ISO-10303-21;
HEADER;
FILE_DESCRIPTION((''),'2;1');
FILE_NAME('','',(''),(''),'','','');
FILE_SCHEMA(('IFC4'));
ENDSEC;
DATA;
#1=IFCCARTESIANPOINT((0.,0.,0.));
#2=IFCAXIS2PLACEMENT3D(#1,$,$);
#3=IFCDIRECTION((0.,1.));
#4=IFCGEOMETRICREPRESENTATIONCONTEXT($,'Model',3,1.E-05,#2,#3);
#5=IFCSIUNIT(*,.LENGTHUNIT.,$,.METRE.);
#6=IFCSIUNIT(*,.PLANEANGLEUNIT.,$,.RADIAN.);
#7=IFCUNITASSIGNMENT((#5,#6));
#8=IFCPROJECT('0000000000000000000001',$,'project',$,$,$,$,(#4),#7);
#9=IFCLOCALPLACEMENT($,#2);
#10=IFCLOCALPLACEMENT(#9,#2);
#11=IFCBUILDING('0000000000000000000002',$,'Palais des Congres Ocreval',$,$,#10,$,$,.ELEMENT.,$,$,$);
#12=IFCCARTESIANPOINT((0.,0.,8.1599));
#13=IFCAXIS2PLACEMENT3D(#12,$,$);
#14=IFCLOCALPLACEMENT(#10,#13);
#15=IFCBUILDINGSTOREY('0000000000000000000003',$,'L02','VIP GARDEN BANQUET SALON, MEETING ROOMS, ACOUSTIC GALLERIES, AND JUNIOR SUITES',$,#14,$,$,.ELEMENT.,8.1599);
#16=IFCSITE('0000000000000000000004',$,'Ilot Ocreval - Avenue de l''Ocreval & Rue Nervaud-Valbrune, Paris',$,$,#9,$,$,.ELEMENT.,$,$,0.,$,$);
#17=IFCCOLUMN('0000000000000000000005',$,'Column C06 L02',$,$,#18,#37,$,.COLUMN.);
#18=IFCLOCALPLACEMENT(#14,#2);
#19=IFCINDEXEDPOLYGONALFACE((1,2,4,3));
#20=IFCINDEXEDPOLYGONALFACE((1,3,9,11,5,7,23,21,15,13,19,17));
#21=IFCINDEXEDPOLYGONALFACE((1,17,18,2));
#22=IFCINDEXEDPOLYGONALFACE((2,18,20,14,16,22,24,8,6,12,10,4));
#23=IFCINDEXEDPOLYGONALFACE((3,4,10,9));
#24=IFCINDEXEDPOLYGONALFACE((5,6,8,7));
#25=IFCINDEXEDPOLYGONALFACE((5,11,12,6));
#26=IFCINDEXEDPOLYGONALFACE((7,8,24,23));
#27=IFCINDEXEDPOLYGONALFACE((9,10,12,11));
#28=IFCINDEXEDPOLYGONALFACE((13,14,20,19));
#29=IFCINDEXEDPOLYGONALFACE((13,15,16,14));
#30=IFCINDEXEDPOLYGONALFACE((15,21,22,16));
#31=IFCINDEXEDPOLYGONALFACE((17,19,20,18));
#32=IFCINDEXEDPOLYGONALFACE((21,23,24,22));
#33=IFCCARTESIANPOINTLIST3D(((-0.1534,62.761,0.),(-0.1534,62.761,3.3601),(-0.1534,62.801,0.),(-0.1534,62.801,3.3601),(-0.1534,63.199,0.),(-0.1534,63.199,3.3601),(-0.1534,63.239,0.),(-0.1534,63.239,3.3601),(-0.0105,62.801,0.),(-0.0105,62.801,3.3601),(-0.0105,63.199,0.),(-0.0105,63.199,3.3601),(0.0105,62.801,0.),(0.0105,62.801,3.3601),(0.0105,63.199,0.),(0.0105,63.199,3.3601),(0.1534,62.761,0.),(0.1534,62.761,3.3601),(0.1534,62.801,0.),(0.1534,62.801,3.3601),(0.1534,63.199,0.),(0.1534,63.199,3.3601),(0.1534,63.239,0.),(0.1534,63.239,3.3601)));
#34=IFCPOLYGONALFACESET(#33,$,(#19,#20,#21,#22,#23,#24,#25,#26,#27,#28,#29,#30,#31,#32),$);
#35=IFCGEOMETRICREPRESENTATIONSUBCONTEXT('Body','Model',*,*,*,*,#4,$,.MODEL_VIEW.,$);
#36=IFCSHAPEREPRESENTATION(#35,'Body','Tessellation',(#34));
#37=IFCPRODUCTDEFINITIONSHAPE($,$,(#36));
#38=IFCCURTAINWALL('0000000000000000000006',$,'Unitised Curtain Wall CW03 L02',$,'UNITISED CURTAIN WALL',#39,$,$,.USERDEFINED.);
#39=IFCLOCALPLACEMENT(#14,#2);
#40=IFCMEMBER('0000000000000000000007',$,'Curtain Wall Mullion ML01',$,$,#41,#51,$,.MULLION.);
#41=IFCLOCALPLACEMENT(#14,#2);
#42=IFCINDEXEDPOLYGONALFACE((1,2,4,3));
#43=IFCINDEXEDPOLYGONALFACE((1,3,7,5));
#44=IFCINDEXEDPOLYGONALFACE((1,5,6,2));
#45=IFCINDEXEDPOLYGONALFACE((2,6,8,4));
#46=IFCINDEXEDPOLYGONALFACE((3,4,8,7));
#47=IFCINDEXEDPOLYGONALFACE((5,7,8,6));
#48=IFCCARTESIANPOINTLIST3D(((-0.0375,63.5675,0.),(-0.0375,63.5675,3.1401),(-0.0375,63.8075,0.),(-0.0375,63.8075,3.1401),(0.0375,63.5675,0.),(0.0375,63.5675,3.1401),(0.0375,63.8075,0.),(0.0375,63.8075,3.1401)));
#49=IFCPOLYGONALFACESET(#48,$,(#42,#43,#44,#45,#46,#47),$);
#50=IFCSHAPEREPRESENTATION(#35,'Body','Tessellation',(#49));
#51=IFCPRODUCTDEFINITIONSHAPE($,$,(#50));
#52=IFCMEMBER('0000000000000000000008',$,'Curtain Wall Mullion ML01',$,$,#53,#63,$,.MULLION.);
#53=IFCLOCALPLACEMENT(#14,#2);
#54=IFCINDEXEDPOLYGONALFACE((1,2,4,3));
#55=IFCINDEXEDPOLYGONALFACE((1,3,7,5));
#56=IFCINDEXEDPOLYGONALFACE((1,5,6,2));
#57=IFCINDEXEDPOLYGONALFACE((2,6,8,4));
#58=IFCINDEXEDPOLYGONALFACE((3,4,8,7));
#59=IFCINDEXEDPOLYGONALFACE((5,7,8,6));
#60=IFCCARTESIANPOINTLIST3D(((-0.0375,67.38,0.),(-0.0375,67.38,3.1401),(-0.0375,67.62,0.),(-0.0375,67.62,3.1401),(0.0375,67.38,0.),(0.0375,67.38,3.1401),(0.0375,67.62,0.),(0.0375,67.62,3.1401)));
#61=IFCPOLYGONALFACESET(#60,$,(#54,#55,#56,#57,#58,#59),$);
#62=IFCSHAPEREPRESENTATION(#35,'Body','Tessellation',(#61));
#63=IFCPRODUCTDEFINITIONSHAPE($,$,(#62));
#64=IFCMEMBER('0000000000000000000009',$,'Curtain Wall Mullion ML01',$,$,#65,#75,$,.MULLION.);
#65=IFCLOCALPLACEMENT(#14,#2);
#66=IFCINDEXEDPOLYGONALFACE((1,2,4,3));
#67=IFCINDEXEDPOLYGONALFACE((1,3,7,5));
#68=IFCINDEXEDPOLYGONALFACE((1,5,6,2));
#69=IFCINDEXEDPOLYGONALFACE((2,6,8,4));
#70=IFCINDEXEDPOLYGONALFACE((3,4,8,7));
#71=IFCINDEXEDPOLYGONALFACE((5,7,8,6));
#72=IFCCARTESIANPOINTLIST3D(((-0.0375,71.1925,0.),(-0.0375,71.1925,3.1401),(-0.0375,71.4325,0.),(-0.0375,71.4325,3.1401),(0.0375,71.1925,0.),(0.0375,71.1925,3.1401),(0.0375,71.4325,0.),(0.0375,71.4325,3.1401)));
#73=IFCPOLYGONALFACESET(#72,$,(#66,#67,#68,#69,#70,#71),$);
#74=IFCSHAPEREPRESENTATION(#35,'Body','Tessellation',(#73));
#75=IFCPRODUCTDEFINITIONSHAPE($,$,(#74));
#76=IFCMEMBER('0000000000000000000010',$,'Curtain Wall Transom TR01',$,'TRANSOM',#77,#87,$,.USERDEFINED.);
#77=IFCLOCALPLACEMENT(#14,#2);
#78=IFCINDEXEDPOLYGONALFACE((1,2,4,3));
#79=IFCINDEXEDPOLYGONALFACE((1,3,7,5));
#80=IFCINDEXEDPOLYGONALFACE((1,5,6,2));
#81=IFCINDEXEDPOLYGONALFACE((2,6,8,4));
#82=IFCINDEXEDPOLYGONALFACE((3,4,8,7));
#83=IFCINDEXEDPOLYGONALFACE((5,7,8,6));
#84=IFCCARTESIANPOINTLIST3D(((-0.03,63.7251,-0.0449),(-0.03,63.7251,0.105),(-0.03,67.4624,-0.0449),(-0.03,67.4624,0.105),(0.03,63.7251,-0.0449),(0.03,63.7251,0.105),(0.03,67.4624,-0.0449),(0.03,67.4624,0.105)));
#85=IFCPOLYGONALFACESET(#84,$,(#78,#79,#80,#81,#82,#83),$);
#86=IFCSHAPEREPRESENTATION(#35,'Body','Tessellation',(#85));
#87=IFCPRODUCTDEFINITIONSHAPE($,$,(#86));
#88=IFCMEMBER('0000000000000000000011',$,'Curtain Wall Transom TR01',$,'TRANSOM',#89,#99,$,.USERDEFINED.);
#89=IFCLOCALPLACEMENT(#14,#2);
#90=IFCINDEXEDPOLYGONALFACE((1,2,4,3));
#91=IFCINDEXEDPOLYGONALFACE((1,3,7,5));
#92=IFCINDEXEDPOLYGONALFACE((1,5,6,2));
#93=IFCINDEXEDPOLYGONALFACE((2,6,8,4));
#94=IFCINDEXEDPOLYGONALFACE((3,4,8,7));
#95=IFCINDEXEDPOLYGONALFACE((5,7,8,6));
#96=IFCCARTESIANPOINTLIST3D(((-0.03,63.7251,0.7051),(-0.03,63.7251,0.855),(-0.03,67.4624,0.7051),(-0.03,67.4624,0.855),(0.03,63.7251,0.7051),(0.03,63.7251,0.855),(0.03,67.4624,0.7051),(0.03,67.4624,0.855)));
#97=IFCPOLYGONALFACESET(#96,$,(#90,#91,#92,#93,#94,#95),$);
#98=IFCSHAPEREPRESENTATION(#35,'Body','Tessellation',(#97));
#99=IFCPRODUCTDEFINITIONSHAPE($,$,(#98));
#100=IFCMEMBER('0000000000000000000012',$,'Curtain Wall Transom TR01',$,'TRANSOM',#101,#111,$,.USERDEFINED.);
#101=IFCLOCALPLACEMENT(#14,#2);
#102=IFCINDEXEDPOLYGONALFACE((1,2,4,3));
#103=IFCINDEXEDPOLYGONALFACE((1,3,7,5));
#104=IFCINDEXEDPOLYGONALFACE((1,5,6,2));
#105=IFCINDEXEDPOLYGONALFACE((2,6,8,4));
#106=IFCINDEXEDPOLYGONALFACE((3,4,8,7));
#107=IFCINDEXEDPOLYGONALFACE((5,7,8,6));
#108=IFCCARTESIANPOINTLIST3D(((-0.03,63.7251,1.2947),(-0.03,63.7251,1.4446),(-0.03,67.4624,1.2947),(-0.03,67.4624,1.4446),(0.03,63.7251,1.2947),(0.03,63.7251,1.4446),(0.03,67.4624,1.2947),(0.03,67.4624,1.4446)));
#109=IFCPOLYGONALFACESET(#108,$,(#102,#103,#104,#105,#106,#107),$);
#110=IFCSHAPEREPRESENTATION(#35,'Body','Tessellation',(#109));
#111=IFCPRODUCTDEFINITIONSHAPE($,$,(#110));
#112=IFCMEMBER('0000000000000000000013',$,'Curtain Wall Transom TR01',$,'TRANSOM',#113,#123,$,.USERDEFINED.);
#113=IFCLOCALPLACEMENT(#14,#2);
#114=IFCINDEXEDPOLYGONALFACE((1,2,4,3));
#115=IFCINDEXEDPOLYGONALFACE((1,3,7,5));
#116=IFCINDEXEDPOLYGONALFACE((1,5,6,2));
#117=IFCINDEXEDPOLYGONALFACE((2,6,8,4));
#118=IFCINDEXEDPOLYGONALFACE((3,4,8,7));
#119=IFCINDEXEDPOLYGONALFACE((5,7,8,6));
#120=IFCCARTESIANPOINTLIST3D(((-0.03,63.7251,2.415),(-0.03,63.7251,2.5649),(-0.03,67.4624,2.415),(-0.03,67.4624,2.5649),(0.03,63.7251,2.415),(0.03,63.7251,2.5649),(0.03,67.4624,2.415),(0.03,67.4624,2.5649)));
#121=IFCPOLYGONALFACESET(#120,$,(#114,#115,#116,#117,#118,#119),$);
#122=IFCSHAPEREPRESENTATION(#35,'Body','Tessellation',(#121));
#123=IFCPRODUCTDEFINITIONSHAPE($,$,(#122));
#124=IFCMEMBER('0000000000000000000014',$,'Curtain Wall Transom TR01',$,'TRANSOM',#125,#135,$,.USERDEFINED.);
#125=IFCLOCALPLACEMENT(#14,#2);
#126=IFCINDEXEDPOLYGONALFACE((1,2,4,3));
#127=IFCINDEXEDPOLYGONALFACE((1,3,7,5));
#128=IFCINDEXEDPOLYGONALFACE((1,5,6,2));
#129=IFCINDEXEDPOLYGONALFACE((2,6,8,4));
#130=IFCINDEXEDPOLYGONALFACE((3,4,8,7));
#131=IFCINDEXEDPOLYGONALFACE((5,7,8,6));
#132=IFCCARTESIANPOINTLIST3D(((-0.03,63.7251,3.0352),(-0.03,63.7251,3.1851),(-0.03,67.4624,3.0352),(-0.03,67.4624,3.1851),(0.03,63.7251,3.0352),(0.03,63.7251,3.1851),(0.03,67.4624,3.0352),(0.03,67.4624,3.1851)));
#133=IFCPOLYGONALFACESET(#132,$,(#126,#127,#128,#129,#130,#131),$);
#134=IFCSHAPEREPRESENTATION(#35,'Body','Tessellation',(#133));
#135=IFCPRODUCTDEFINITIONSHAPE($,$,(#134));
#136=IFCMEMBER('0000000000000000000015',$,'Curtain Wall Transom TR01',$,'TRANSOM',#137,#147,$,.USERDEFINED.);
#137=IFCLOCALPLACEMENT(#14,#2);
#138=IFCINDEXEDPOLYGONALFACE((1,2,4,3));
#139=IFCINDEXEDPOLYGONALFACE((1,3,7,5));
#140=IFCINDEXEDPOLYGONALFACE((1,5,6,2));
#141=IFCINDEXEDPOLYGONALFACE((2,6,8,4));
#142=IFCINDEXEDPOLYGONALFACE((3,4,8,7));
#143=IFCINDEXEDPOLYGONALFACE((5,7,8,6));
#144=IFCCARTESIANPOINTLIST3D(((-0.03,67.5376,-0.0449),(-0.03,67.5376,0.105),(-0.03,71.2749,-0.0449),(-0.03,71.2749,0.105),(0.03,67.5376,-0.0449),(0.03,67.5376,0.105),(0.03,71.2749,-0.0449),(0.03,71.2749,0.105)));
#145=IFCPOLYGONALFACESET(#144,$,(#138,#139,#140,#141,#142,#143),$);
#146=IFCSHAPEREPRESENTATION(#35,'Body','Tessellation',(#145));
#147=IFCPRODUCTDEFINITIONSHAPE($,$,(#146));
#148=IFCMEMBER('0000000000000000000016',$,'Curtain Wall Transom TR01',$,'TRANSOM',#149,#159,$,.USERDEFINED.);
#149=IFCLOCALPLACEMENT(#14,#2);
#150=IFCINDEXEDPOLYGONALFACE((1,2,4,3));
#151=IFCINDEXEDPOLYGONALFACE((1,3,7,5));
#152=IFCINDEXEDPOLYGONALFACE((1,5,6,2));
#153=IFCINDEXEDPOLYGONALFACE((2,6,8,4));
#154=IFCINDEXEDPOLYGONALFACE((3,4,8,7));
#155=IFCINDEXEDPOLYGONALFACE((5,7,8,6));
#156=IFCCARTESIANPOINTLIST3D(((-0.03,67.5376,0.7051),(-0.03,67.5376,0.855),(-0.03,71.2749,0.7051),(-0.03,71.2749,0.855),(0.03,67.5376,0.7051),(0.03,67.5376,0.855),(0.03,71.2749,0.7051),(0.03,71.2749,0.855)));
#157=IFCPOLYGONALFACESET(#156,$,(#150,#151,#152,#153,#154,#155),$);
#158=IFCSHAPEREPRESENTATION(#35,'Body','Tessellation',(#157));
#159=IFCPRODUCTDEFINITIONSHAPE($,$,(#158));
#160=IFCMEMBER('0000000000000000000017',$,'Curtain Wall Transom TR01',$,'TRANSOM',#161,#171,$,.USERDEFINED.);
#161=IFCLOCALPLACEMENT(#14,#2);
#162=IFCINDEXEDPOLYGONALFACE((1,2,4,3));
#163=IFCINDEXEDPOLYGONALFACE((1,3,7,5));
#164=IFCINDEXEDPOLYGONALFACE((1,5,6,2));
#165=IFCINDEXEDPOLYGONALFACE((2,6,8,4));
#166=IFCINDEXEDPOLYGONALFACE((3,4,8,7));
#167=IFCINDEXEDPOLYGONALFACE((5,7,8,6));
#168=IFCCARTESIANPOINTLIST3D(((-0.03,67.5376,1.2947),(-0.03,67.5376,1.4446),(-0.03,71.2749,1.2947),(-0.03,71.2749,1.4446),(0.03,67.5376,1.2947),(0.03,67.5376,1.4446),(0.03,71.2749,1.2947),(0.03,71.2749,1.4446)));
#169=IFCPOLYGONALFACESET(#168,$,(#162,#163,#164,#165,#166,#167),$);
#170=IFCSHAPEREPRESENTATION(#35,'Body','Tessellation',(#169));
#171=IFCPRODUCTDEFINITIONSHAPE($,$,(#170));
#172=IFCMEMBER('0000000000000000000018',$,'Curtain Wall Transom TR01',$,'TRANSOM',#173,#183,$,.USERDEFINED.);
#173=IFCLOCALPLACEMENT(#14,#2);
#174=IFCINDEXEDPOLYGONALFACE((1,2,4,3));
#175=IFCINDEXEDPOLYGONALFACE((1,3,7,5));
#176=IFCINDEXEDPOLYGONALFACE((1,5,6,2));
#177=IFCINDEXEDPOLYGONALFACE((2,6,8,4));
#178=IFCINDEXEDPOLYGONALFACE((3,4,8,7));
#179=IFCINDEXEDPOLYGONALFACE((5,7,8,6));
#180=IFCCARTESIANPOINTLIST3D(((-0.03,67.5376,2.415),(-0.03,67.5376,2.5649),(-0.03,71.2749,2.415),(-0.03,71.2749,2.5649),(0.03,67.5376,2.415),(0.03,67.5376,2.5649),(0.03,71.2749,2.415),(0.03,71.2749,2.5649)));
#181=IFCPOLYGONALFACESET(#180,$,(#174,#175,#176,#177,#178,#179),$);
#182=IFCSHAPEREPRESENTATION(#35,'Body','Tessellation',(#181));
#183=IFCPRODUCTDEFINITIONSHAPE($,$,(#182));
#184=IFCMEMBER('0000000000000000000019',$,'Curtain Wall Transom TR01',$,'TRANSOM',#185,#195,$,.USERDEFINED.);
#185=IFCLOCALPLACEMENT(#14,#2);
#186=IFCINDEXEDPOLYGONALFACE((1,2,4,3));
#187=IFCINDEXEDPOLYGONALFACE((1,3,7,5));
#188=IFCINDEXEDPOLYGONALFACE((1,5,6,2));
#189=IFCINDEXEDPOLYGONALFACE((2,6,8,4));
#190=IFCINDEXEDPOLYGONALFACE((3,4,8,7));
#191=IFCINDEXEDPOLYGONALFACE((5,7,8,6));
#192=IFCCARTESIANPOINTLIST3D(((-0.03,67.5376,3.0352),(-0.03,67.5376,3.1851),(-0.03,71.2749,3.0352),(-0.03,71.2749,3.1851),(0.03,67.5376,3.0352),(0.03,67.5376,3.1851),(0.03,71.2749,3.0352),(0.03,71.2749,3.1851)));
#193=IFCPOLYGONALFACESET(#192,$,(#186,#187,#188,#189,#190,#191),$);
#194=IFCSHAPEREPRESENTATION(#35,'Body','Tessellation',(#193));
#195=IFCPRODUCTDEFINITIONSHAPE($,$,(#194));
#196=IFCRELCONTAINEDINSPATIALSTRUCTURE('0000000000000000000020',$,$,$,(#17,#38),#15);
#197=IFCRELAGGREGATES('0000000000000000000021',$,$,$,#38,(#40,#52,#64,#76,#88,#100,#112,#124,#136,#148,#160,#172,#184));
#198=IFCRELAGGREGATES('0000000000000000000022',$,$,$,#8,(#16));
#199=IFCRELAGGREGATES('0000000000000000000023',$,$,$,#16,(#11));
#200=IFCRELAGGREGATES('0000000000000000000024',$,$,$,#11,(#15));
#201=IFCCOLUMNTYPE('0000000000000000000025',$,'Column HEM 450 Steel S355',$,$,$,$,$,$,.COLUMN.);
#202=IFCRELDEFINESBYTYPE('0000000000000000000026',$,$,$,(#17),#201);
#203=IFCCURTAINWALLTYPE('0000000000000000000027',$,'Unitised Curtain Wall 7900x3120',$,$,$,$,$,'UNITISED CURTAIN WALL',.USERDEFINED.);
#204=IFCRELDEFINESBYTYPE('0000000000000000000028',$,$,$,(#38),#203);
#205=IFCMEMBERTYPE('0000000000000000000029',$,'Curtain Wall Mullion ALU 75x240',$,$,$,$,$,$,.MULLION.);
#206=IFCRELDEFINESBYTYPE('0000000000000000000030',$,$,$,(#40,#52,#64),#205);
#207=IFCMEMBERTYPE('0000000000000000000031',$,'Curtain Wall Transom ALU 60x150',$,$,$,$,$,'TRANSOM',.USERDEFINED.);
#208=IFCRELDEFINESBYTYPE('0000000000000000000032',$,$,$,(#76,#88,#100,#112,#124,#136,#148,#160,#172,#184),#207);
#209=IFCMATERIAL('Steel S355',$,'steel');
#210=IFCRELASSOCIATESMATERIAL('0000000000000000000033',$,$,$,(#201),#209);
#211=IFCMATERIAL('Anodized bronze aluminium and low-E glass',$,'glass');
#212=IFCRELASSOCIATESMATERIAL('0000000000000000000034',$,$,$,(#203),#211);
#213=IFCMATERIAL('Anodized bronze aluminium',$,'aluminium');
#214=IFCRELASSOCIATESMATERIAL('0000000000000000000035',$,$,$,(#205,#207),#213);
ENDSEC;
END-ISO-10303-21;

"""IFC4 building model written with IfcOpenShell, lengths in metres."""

from ifc_helpers import new_model, si_unit, direction, frame, origin, origin_2d, place, context, subcontext, project, spatial, rectangle, i_section, extrude, material, material_profile, profile_set, type_object, element, aggregate, save


model = new_model("IFC4")

# Units and contexts
model_context = context("Model", 3, precision=1e-05, world=origin(), true_north=direction((0.0, 1.0)))
body_context = subcontext(model_context, "Body", "Model", "MODEL_VIEW")
ifc_project = project(units=[si_unit("LENGTHUNIT", "METRE"), si_unit("PLANEANGLEUNIT", "RADIAN")], contexts=[model_context])

# Site, building, storey
site_placement = place(None, origin())
site = spatial("IfcSite", under=ifc_project, at=site_placement, Name="Ilot Ocreval - Avenue de l'Ocreval & Rue Nervaud-Valbrune, Paris", CompositionType="ELEMENT", RefElevation=0.0)
building_placement = place(site_placement, origin())
building = spatial("IfcBuilding", under=site, at=building_placement, Name="Palais des Congres Ocreval", CompositionType="ELEMENT")
storey_placement = place(building_placement, frame((0.0, 0.0, 8.1599)))
storey = spatial("IfcBuildingStorey", under=building, at=storey_placement, Name="L02", Description="VIP GARDEN BANQUET SALON, MEETING ROOMS, ACOUSTIC GALLERIES, AND JUNIOR SUITES", CompositionType="ELEMENT", Elevation=8.1599)

# Column
ifc_material_1 = material(Name="Steel S355", Category="steel")
ifc_material_profile_1 = material_profile(ifc_material_1, i_section(OverallWidth=0.3069, OverallDepth=0.478, WebThickness=0.021, FlangeThickness=0.04, at=origin_2d()), Name="HEM 450")
ifc_profile_set_1 = profile_set([ifc_material_profile_1], Name="Steel S355")
column_type = type_object("IfcColumnType", Name="Column HEM 450 Steel S355", PredefinedType="COLUMN", material=ifc_profile_set_1)
column_placement = place(storey_placement, frame((0.0, 63.0, 0.0), z_axis=(0.0, 0.0, 1.0), x_axis=(1.0, 0.0, 0.0)))
element("IfcColumn", 1, at=column_placement, inside=storey, type_object=column_type, Name="Column C06 L02", PredefinedType="COLUMN", context=body_context, shape_type="SweptSolid", body=[
    extrude(i_section(OverallWidth=0.3069, OverallDepth=0.478, WebThickness=0.021, FlangeThickness=0.04, at=origin_2d()), origin(), (0.0, 0.0, 1.0), 3.3601),
])

# Curtain wall, members
ifc_material_2 = material(Name="Anodized bronze aluminium and low-E glass", Category="glass")
curtain_wall_type = type_object("IfcCurtainWallType", Name="Unitised Curtain Wall 7900x3120", ElementType="UNITISED CURTAIN WALL", PredefinedType="USERDEFINED", material=ifc_material_2)
curtain_wall_placement = place(storey_placement, origin())
curtain_wall = element("IfcCurtainWall", 2, at=curtain_wall_placement, inside=storey, type_object=curtain_wall_type, Name="Unitised Curtain Wall CW03 L02", ObjectType="UNITISED CURTAIN WALL", PredefinedType="USERDEFINED")
ifc_material_3 = material(Name="Anodized bronze aluminium", Category="aluminium")
ifc_material_profile_2 = material_profile(ifc_material_3, rectangle(XDim=0.075, YDim=0.24, at=origin_2d()), Name="ALU 75x240")
ifc_profile_set_2 = profile_set([ifc_material_profile_2], Name="Anodized bronze aluminium")
member_type_1 = type_object("IfcMemberType", Name="Curtain Wall Mullion ALU 75x240", PredefinedType="MULLION", material=ifc_profile_set_2)
member_1_placement = place(storey_placement, frame((0.0, 63.6875, 0.0), z_axis=(0.0, 0.0, 1.0), x_axis=(-1.0, 0.0, 0.0)))
member_1 = element("IfcMember", 3, at=member_1_placement, type_object=member_type_1, Name="Curtain Wall Mullion ML01", PredefinedType="MULLION", context=body_context, shape_type="SweptSolid", body=[
    extrude(rectangle(XDim=0.075, YDim=0.24, at=origin_2d()), origin(), (0.0, 0.0, 1.0), 3.1401),
])
member_2_placement = place(storey_placement, frame((0.0, 67.5, 0.0), z_axis=(0.0, 0.0, 1.0), x_axis=(-1.0, 0.0, 0.0)))
member_2 = element("IfcMember", 4, at=member_2_placement, type_object=member_type_1, Name="Curtain Wall Mullion ML01", PredefinedType="MULLION", context=body_context, shape_type="SweptSolid", body=[
    extrude(rectangle(XDim=0.075, YDim=0.24, at=origin_2d()), origin(), (0.0, 0.0, 1.0), 3.1401),
])
member_3_placement = place(storey_placement, frame((0.0, 71.3125, 0.0), z_axis=(0.0, 0.0, 1.0), x_axis=(-1.0, 0.0, 0.0)))
member_3 = element("IfcMember", 5, at=member_3_placement, type_object=member_type_1, Name="Curtain Wall Mullion ML01", PredefinedType="MULLION", context=body_context, shape_type="SweptSolid", body=[
    extrude(rectangle(XDim=0.075, YDim=0.24, at=origin_2d()), origin(), (0.0, 0.0, 1.0), 3.1401),
])
ifc_material_profile_3 = material_profile(ifc_material_3, rectangle(XDim=0.0601, YDim=0.1499, at=origin_2d()), Name="ALU 60x150")
ifc_profile_set_3 = profile_set([ifc_material_profile_3], Name="Anodized bronze aluminium")
member_type_2 = type_object("IfcMemberType", Name="Curtain Wall Transom ALU 60x150", ElementType="TRANSOM", PredefinedType="USERDEFINED", material=ifc_profile_set_3)
member_4_placement = place(storey_placement, frame((0.0, 63.7251, 0.03), z_axis=(0.0, 1.0, 0.0), x_axis=(-1.0, 0.0, 0.0)))
member_4 = element("IfcMember", 6, at=member_4_placement, type_object=member_type_2, Name="Curtain Wall Transom TR01", ObjectType="TRANSOM", PredefinedType="USERDEFINED", context=body_context, shape_type="SweptSolid", body=[
    extrude(rectangle(XDim=0.0601, YDim=0.1499, at=origin_2d()), origin(), (0.0, 0.0, 1.0), 3.7373),
])
member_5_placement = place(storey_placement, frame((0.0, 63.7251, 0.78), z_axis=(0.0, 1.0, 0.0), x_axis=(-1.0, 0.0, 0.0)))
member_5 = element("IfcMember", 7, at=member_5_placement, type_object=member_type_2, Name="Curtain Wall Transom TR01", ObjectType="TRANSOM", PredefinedType="USERDEFINED", context=body_context, shape_type="SweptSolid", body=[
    extrude(rectangle(XDim=0.0601, YDim=0.1499, at=origin_2d()), origin(), (0.0, 0.0, 1.0), 3.7373),
])
member_6_placement = place(storey_placement, frame((0.0, 63.7251, 1.3696), z_axis=(0.0, 1.0, 0.0), x_axis=(-1.0, 0.0, 0.0)))
member_6 = element("IfcMember", 8, at=member_6_placement, type_object=member_type_2, Name="Curtain Wall Transom TR01", ObjectType="TRANSOM", PredefinedType="USERDEFINED", context=body_context, shape_type="SweptSolid", body=[
    extrude(rectangle(XDim=0.0601, YDim=0.1499, at=origin_2d()), origin(), (0.0, 0.0, 1.0), 3.7373),
])
member_7_placement = place(storey_placement, frame((0.0, 63.7251, 2.49), z_axis=(0.0, 1.0, 0.0), x_axis=(-1.0, 0.0, 0.0)))
member_7 = element("IfcMember", 9, at=member_7_placement, type_object=member_type_2, Name="Curtain Wall Transom TR01", ObjectType="TRANSOM", PredefinedType="USERDEFINED", context=body_context, shape_type="SweptSolid", body=[
    extrude(rectangle(XDim=0.0601, YDim=0.1499, at=origin_2d()), origin(), (0.0, 0.0, 1.0), 3.7373),
])
member_8_placement = place(storey_placement, frame((0.0, 63.7251, 3.1101), z_axis=(0.0, 1.0, 0.0), x_axis=(-1.0, 0.0, 0.0)))
member_8 = element("IfcMember", 10, at=member_8_placement, type_object=member_type_2, Name="Curtain Wall Transom TR01", ObjectType="TRANSOM", PredefinedType="USERDEFINED", context=body_context, shape_type="SweptSolid", body=[
    extrude(rectangle(XDim=0.0601, YDim=0.1499, at=origin_2d()), origin(), (0.0, 0.0, 1.0), 3.7373),
])
member_9_placement = place(storey_placement, frame((0.0, 67.5376, 0.03), z_axis=(0.0, 1.0, 0.0), x_axis=(-1.0, 0.0, 0.0)))
member_9 = element("IfcMember", 11, at=member_9_placement, type_object=member_type_2, Name="Curtain Wall Transom TR01", ObjectType="TRANSOM", PredefinedType="USERDEFINED", context=body_context, shape_type="SweptSolid", body=[
    extrude(rectangle(XDim=0.0601, YDim=0.1499, at=origin_2d()), origin(), (0.0, 0.0, 1.0), 3.7373),
])
member_10_placement = place(storey_placement, frame((0.0, 67.5376, 0.78), z_axis=(0.0, 1.0, 0.0), x_axis=(-1.0, 0.0, 0.0)))
member_10 = element("IfcMember", 12, at=member_10_placement, type_object=member_type_2, Name="Curtain Wall Transom TR01", ObjectType="TRANSOM", PredefinedType="USERDEFINED", context=body_context, shape_type="SweptSolid", body=[
    extrude(rectangle(XDim=0.0601, YDim=0.1499, at=origin_2d()), origin(), (0.0, 0.0, 1.0), 3.7373),
])
member_11_placement = place(storey_placement, frame((0.0, 67.5376, 1.3696), z_axis=(0.0, 1.0, 0.0), x_axis=(-1.0, 0.0, 0.0)))
member_11 = element("IfcMember", 13, at=member_11_placement, type_object=member_type_2, Name="Curtain Wall Transom TR01", ObjectType="TRANSOM", PredefinedType="USERDEFINED", context=body_context, shape_type="SweptSolid", body=[
    extrude(rectangle(XDim=0.0601, YDim=0.1499, at=origin_2d()), origin(), (0.0, 0.0, 1.0), 3.7373),
])
member_12_placement = place(storey_placement, frame((0.0, 67.5376, 2.49), z_axis=(0.0, 1.0, 0.0), x_axis=(-1.0, 0.0, 0.0)))
member_12 = element("IfcMember", 14, at=member_12_placement, type_object=member_type_2, Name="Curtain Wall Transom TR01", ObjectType="TRANSOM", PredefinedType="USERDEFINED", context=body_context, shape_type="SweptSolid", body=[
    extrude(rectangle(XDim=0.0601, YDim=0.1499, at=origin_2d()), origin(), (0.0, 0.0, 1.0), 3.7373),
])
member_13_placement = place(storey_placement, frame((0.0, 67.5376, 3.1101), z_axis=(0.0, 1.0, 0.0), x_axis=(-1.0, 0.0, 0.0)))
member_13 = element("IfcMember", 15, at=member_13_placement, type_object=member_type_2, Name="Curtain Wall Transom TR01", ObjectType="TRANSOM", PredefinedType="USERDEFINED", context=body_context, shape_type="SweptSolid", body=[
    extrude(rectangle(XDim=0.0601, YDim=0.1499, at=origin_2d()), origin(), (0.0, 0.0, 1.0), 3.7373),
])

aggregate(curtain_wall, [member_1, member_2, member_3, member_4, member_5, member_6, member_7, member_8, member_9, member_10, member_11, member_12, member_13])

save(model, "model.ifc")
